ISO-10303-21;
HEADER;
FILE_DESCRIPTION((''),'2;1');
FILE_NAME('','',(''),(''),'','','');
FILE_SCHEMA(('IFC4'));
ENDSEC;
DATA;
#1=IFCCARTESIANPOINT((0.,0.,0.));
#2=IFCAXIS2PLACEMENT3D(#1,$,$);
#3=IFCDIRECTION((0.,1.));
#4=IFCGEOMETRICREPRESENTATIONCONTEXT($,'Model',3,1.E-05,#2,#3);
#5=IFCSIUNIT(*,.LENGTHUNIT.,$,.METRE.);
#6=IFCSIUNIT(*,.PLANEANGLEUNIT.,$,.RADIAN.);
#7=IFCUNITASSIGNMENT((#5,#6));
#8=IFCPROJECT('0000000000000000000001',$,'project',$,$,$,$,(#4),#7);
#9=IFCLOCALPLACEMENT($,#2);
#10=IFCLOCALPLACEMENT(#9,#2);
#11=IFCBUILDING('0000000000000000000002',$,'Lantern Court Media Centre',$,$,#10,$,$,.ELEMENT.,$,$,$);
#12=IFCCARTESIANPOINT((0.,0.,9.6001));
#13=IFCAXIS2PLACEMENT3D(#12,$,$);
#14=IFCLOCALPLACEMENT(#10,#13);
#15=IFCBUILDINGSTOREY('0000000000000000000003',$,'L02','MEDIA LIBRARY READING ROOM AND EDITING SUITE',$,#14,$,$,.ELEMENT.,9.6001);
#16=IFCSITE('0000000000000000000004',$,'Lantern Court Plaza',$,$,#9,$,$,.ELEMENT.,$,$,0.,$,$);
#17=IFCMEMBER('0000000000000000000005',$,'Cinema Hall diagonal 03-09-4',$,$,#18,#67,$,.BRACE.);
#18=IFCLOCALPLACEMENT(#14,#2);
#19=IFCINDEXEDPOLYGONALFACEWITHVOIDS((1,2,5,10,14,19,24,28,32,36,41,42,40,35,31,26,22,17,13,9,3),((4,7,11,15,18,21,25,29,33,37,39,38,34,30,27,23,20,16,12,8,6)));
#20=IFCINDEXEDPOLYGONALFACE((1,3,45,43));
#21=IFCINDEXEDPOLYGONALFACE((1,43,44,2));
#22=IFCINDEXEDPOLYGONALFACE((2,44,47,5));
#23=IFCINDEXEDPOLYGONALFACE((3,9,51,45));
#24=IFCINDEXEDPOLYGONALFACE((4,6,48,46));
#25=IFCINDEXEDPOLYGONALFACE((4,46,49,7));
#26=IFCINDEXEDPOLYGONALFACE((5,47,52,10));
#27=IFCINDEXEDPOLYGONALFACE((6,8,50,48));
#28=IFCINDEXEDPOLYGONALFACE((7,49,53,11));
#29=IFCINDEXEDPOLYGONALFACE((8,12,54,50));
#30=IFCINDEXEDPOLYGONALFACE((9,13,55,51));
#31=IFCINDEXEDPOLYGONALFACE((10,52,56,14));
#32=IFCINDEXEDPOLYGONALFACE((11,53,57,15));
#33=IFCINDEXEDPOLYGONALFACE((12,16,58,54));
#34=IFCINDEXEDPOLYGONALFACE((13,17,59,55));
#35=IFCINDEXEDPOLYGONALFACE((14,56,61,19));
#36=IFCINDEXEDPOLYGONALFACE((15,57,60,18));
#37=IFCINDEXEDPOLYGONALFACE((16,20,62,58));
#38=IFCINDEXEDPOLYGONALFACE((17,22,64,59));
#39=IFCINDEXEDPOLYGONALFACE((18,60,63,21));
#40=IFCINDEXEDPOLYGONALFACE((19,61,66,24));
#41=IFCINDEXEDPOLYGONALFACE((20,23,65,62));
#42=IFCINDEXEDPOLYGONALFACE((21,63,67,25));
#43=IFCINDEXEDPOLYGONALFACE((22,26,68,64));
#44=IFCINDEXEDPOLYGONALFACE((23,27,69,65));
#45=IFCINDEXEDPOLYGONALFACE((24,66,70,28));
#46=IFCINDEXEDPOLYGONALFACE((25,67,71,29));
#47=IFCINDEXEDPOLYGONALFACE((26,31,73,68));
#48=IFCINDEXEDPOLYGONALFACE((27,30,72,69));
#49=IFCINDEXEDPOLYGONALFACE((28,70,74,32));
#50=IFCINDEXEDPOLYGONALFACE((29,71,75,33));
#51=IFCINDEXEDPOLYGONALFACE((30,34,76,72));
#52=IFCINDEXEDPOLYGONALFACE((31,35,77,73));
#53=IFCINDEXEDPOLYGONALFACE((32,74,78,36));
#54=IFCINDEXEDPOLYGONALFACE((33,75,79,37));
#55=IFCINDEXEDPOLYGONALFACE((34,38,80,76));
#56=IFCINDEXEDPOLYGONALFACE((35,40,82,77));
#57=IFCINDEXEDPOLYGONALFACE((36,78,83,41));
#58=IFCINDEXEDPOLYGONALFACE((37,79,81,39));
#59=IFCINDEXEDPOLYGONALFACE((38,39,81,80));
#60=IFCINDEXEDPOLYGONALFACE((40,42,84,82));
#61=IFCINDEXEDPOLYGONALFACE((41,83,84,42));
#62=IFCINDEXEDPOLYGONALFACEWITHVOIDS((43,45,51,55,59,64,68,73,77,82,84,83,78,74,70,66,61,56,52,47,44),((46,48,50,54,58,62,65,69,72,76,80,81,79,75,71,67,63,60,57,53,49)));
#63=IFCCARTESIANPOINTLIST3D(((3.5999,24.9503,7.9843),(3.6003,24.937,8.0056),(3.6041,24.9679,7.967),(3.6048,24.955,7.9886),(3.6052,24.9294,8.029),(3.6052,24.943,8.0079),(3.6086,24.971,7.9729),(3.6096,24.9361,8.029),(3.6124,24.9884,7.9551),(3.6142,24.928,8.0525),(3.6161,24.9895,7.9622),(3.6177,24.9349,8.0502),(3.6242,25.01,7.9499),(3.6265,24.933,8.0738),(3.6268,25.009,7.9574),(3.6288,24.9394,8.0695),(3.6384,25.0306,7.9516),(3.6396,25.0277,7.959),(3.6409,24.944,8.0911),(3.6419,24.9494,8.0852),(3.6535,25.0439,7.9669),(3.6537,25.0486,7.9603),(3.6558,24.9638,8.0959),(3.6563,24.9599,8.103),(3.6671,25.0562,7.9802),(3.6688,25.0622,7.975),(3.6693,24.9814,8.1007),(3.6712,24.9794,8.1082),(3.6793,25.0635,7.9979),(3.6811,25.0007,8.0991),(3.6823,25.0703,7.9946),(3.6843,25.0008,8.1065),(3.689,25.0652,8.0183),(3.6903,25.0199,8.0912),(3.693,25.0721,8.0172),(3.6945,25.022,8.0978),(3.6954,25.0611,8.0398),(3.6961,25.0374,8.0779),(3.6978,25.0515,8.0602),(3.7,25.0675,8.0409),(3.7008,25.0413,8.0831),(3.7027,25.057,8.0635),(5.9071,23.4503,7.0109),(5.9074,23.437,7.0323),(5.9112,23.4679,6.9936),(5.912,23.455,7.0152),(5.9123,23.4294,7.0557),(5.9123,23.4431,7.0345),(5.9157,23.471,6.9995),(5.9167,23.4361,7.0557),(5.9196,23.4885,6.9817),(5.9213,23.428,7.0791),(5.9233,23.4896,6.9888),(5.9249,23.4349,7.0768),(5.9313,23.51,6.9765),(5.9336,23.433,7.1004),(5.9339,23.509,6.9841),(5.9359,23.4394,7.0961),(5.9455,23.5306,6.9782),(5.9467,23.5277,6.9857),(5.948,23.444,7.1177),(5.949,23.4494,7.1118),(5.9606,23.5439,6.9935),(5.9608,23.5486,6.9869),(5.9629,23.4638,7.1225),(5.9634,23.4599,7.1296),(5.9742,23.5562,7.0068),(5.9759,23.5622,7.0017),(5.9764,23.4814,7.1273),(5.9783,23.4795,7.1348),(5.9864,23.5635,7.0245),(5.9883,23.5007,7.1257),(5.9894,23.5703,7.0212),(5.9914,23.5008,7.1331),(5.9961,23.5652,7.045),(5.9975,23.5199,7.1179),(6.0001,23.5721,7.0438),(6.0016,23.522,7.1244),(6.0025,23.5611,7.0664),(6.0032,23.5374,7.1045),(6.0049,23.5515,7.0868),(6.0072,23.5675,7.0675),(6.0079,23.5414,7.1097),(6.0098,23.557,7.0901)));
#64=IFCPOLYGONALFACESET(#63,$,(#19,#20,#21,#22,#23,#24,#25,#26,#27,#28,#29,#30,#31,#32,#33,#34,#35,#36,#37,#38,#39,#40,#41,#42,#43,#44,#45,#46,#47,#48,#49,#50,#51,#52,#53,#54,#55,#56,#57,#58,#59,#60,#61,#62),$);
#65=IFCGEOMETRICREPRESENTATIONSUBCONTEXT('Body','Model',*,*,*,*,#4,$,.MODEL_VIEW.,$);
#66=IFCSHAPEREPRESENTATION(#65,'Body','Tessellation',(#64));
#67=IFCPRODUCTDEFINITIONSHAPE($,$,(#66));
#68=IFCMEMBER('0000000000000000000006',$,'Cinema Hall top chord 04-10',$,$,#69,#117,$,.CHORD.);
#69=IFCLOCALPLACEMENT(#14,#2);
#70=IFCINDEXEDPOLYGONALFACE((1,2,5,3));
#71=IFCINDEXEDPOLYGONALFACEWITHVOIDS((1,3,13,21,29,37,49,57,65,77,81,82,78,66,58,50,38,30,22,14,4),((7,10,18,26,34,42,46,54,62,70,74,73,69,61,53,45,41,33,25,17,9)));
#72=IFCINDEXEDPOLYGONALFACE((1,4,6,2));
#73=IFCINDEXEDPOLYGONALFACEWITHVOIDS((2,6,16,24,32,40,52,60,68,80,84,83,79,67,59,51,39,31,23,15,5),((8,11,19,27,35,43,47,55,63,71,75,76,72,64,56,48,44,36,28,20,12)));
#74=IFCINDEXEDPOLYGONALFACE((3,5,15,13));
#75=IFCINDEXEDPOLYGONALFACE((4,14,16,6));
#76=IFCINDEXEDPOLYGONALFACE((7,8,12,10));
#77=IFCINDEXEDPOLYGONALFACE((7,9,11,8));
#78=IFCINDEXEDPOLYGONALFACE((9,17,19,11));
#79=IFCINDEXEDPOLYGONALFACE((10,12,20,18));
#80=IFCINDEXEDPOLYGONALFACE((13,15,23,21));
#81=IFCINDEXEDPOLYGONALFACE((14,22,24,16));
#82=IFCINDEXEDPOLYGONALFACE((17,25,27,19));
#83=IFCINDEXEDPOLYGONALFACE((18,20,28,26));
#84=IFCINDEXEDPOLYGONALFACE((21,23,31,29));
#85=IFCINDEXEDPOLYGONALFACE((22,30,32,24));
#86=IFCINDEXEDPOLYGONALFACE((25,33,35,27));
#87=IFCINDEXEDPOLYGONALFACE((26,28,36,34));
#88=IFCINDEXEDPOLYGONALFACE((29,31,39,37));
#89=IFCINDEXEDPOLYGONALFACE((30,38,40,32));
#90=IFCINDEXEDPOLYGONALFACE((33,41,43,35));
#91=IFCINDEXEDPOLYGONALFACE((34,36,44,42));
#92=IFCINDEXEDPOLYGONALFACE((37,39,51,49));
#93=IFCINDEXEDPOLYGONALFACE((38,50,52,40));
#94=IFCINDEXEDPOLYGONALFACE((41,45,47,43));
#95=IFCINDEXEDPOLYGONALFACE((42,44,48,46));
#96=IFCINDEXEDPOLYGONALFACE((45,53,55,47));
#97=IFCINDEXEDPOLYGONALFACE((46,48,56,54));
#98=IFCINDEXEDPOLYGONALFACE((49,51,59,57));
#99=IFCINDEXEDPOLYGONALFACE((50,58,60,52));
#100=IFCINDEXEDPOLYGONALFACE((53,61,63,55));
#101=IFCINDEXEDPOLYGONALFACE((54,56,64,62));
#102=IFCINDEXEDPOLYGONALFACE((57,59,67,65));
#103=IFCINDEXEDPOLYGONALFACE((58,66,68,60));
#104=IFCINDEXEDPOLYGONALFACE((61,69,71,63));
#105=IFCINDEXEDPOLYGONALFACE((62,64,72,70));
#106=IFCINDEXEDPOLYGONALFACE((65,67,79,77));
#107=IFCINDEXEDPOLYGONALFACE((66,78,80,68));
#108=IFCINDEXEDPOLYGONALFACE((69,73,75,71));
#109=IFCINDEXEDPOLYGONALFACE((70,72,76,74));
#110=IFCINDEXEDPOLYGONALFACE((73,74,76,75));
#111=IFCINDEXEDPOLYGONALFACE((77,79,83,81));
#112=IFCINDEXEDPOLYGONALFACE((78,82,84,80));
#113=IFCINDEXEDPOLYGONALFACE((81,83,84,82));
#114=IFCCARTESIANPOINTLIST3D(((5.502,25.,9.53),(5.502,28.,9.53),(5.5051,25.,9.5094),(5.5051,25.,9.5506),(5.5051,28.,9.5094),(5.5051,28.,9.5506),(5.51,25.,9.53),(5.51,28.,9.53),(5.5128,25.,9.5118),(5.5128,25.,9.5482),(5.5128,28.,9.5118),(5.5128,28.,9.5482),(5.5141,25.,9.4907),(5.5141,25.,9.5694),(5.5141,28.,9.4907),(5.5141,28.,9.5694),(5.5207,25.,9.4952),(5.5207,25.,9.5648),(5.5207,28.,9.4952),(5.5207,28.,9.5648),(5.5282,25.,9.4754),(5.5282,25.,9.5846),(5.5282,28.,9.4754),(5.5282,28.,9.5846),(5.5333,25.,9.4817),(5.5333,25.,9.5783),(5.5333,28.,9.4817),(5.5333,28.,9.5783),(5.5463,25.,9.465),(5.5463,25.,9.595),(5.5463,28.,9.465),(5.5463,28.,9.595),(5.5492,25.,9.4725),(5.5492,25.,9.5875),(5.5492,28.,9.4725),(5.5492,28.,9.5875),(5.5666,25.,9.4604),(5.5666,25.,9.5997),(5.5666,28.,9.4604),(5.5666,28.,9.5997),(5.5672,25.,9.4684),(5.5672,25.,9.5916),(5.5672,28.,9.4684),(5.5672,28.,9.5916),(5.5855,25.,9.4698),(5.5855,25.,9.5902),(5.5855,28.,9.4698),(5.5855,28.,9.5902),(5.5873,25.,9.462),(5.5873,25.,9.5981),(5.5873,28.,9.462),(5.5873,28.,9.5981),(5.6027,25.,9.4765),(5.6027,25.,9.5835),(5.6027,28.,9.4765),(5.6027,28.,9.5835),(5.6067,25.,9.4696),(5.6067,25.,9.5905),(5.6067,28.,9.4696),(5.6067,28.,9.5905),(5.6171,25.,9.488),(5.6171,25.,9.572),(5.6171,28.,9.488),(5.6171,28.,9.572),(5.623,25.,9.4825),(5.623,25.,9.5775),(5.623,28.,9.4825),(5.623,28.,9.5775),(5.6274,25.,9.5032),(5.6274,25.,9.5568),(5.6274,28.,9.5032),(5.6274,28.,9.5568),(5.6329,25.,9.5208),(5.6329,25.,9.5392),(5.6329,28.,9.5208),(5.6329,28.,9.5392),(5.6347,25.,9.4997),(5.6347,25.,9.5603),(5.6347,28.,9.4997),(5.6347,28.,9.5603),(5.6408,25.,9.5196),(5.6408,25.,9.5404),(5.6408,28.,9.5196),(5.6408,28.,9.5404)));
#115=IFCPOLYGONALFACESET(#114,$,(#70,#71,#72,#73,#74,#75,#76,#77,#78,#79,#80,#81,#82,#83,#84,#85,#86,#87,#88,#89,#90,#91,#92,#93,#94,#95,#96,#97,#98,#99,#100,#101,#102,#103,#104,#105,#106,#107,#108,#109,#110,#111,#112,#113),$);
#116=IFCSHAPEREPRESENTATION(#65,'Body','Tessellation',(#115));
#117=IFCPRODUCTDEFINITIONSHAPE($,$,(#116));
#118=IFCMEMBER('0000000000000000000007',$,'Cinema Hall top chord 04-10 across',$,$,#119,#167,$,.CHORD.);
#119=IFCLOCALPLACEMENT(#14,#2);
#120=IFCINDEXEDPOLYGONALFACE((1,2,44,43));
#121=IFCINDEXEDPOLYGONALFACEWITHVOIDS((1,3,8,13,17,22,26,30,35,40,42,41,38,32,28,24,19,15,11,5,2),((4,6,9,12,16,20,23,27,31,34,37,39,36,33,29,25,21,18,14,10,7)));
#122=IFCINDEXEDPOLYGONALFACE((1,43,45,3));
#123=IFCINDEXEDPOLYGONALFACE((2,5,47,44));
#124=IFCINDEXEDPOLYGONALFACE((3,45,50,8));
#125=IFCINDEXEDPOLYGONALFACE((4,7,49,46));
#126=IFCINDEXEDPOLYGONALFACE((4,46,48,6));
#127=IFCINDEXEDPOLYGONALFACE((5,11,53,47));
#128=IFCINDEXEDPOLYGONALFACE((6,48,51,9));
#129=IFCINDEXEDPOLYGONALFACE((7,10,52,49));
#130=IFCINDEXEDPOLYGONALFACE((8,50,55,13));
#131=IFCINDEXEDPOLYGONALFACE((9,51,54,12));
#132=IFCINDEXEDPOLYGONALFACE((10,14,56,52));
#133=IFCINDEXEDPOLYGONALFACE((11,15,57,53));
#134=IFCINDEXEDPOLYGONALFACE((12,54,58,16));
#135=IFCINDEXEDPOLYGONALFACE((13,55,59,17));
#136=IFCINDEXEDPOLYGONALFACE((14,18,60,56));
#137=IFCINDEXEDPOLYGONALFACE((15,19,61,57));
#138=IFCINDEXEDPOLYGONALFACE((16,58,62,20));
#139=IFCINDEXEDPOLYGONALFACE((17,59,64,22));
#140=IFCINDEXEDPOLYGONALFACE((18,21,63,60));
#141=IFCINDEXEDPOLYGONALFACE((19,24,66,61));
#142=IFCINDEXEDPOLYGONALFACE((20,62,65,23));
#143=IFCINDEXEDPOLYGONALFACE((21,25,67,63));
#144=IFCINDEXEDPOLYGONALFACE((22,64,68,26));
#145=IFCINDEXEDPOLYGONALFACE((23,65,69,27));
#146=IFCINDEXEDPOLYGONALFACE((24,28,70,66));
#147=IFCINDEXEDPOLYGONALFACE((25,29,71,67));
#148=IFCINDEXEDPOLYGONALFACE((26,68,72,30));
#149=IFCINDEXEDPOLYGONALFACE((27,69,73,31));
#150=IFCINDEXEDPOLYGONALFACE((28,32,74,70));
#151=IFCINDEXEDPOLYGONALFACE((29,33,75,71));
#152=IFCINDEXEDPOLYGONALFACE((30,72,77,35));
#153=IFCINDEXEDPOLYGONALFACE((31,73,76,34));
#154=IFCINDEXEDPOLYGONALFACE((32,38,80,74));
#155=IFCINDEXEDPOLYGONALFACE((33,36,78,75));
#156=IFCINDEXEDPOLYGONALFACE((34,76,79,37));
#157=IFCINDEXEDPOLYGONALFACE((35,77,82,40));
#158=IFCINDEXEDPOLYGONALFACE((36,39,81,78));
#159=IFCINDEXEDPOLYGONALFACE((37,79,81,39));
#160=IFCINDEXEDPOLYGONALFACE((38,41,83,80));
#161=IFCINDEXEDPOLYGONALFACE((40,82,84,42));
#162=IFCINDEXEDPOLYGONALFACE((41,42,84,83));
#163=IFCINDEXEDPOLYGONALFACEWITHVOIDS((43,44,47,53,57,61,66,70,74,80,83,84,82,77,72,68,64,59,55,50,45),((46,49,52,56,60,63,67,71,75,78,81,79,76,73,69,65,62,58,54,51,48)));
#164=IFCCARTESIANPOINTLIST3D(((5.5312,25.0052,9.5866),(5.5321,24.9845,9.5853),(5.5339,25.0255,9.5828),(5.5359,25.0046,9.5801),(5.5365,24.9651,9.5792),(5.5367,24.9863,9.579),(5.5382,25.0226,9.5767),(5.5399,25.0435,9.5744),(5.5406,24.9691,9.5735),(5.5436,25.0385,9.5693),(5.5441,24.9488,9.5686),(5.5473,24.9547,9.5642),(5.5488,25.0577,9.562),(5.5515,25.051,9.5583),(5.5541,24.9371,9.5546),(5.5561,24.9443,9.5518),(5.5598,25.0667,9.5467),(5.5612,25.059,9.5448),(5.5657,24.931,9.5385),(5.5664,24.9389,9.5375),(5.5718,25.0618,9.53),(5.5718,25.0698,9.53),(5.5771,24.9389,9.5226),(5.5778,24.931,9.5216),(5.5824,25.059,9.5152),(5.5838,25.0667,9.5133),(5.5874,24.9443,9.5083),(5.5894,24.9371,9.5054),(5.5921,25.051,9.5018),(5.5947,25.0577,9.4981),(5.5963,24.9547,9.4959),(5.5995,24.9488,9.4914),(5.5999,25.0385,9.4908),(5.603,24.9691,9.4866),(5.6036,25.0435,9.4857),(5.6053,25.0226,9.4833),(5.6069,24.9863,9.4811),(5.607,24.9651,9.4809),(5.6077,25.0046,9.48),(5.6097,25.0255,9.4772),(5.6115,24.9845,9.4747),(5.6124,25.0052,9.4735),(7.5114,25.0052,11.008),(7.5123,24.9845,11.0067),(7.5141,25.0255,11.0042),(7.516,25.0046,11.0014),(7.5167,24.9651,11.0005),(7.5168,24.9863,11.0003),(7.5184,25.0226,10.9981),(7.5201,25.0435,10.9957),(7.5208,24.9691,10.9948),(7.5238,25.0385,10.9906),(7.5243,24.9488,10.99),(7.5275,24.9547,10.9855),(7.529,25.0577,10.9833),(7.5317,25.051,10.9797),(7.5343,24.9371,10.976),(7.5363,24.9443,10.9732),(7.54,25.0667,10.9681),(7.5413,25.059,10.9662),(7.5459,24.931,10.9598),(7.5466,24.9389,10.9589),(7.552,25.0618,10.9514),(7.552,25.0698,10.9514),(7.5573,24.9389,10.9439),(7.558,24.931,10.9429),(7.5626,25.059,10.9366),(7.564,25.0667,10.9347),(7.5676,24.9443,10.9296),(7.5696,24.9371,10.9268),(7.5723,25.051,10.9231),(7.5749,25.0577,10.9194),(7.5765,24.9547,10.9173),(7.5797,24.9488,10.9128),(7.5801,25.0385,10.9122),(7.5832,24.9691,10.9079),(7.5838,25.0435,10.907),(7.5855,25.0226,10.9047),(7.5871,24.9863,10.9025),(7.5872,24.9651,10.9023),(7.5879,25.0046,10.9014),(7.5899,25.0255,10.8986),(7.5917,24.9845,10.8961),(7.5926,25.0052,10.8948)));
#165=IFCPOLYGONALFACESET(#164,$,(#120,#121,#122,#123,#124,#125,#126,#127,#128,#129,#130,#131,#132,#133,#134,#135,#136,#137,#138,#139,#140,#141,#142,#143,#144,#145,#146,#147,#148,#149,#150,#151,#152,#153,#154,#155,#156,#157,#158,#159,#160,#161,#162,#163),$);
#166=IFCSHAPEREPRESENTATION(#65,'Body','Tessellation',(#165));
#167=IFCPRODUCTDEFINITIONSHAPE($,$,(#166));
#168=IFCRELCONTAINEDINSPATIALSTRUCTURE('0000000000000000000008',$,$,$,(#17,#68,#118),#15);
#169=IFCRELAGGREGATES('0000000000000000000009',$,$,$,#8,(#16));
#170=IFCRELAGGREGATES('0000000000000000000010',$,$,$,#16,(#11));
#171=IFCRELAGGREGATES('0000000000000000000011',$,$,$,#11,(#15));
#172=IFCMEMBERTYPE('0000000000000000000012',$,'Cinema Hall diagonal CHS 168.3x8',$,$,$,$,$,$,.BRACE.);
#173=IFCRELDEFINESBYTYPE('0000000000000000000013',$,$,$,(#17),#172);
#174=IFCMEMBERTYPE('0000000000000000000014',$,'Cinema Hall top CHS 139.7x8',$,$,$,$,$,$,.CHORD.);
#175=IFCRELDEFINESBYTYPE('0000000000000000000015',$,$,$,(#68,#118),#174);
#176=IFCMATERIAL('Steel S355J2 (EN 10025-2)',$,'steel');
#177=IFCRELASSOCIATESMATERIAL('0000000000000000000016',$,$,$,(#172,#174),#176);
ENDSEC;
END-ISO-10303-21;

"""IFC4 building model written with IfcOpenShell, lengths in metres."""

from ifc_helpers import new_model, si_unit, direction, frame, origin, origin_2d, place, context, subcontext, project, spatial, hollow_circle, extrude, material, material_profile, profile_set, type_object, element, save


model = new_model("IFC4")

# Units and contexts
model_context = context("Model", 3, precision=1e-05, world=origin(), true_north=direction((0.0, 1.0)))
body_context = subcontext(model_context, "Body", "Model", "MODEL_VIEW")
ifc_project = project(units=[si_unit("LENGTHUNIT", "METRE"), si_unit("PLANEANGLEUNIT", "RADIAN")], contexts=[model_context])

# Site, building, storey
site_placement = place(None, origin())
site = spatial("IfcSite", under=ifc_project, at=site_placement, Name="Lantern Court Plaza", CompositionType="ELEMENT", RefElevation=0.0)
building_placement = place(site_placement, origin())
building = spatial("IfcBuilding", under=site, at=building_placement, Name="Lantern Court Media Centre", CompositionType="ELEMENT")
storey_placement = place(building_placement, frame((0.0, 0.0, 9.6001)))
storey = spatial("IfcBuildingStorey", under=building, at=storey_placement, Name="L02", Description="MEDIA LIBRARY READING ROOM AND EDITING SUITE", CompositionType="ELEMENT", Elevation=9.6001)

# Members
ifc_material = material(Name="Steel S355J2 (EN 10025-2)", Category="steel")
ifc_material_profile_1 = material_profile(ifc_material, hollow_circle(Radius=0.0842, WallThickness=0.0081, at=origin_2d()), Name="Cinema Hall diagonal CHS 168.3x8")
ifc_profile_set_1 = profile_set([ifc_material_profile_1], Name="Steel S355J2 (EN 10025-2)")
member_type_1 = type_object("IfcMemberType", Name="Cinema Hall diagonal CHS 168.3x8", PredefinedType="BRACE", material=ifc_profile_set_1)
member_1_placement = place(storey_placement, frame((5.9583, 23.5, 7.0557), z_axis=(-0.790394, 0.513882, 0.333471), x_axis=(-0.545082, -0.838383, 0.0)))
element("IfcMember", 1, at=member_1_placement, inside=storey, type_object=member_type_1, Name="Cinema Hall diagonal 03-09-4", PredefinedType="BRACE", context=body_context, shape_type="SweptSolid", body=[
    extrude(hollow_circle(Radius=0.0842, WallThickness=0.0081, at=origin_2d()), origin(), (0.0, 0.0, 1.0), 2.9189),
])
ifc_material_profile_2 = material_profile(ifc_material, hollow_circle(Radius=0.0698, WallThickness=0.0081, at=origin_2d()), Name="Cinema Hall top CHS 139.7x8")
ifc_profile_set_2 = profile_set([ifc_material_profile_2], Name="Steel S355J2 (EN 10025-2)")
member_type_2 = type_object("IfcMemberType", Name="Cinema Hall top CHS 139.7x8", PredefinedType="CHORD", material=ifc_profile_set_2)
member_2_placement = place(storey_placement, frame((5.5718, 25.0, 9.53), z_axis=(0.0, 1.0, 0.0), x_axis=(-1.0, 0.0, 0.0)))
element("IfcMember", 2, at=member_2_placement, inside=storey, type_object=member_type_2, Name="Cinema Hall top chord 04-10", PredefinedType="CHORD", context=body_context, shape_type="SweptSolid", body=[
    extrude(hollow_circle(Radius=0.0698, WallThickness=0.0081, at=origin_2d()), origin(), (0.0, 0.0, 1.0), 3.0),
])
member_3_placement = place(storey_placement, frame((5.5718, 25.0, 9.53), z_axis=(0.812385, 0.0, 0.583122), x_axis=(0.0, 1.0, 0.0)))
element("IfcMember", 3, at=member_3_placement, inside=storey, type_object=member_type_2, Name="Cinema Hall top chord 04-10 across", PredefinedType="CHORD", context=body_context, shape_type="SweptSolid", body=[
    extrude(hollow_circle(Radius=0.0698, WallThickness=0.0081, at=origin_2d()), origin(), (0.0, 0.0, 1.0), 2.4375),
])

save(model, "model.ifc")
